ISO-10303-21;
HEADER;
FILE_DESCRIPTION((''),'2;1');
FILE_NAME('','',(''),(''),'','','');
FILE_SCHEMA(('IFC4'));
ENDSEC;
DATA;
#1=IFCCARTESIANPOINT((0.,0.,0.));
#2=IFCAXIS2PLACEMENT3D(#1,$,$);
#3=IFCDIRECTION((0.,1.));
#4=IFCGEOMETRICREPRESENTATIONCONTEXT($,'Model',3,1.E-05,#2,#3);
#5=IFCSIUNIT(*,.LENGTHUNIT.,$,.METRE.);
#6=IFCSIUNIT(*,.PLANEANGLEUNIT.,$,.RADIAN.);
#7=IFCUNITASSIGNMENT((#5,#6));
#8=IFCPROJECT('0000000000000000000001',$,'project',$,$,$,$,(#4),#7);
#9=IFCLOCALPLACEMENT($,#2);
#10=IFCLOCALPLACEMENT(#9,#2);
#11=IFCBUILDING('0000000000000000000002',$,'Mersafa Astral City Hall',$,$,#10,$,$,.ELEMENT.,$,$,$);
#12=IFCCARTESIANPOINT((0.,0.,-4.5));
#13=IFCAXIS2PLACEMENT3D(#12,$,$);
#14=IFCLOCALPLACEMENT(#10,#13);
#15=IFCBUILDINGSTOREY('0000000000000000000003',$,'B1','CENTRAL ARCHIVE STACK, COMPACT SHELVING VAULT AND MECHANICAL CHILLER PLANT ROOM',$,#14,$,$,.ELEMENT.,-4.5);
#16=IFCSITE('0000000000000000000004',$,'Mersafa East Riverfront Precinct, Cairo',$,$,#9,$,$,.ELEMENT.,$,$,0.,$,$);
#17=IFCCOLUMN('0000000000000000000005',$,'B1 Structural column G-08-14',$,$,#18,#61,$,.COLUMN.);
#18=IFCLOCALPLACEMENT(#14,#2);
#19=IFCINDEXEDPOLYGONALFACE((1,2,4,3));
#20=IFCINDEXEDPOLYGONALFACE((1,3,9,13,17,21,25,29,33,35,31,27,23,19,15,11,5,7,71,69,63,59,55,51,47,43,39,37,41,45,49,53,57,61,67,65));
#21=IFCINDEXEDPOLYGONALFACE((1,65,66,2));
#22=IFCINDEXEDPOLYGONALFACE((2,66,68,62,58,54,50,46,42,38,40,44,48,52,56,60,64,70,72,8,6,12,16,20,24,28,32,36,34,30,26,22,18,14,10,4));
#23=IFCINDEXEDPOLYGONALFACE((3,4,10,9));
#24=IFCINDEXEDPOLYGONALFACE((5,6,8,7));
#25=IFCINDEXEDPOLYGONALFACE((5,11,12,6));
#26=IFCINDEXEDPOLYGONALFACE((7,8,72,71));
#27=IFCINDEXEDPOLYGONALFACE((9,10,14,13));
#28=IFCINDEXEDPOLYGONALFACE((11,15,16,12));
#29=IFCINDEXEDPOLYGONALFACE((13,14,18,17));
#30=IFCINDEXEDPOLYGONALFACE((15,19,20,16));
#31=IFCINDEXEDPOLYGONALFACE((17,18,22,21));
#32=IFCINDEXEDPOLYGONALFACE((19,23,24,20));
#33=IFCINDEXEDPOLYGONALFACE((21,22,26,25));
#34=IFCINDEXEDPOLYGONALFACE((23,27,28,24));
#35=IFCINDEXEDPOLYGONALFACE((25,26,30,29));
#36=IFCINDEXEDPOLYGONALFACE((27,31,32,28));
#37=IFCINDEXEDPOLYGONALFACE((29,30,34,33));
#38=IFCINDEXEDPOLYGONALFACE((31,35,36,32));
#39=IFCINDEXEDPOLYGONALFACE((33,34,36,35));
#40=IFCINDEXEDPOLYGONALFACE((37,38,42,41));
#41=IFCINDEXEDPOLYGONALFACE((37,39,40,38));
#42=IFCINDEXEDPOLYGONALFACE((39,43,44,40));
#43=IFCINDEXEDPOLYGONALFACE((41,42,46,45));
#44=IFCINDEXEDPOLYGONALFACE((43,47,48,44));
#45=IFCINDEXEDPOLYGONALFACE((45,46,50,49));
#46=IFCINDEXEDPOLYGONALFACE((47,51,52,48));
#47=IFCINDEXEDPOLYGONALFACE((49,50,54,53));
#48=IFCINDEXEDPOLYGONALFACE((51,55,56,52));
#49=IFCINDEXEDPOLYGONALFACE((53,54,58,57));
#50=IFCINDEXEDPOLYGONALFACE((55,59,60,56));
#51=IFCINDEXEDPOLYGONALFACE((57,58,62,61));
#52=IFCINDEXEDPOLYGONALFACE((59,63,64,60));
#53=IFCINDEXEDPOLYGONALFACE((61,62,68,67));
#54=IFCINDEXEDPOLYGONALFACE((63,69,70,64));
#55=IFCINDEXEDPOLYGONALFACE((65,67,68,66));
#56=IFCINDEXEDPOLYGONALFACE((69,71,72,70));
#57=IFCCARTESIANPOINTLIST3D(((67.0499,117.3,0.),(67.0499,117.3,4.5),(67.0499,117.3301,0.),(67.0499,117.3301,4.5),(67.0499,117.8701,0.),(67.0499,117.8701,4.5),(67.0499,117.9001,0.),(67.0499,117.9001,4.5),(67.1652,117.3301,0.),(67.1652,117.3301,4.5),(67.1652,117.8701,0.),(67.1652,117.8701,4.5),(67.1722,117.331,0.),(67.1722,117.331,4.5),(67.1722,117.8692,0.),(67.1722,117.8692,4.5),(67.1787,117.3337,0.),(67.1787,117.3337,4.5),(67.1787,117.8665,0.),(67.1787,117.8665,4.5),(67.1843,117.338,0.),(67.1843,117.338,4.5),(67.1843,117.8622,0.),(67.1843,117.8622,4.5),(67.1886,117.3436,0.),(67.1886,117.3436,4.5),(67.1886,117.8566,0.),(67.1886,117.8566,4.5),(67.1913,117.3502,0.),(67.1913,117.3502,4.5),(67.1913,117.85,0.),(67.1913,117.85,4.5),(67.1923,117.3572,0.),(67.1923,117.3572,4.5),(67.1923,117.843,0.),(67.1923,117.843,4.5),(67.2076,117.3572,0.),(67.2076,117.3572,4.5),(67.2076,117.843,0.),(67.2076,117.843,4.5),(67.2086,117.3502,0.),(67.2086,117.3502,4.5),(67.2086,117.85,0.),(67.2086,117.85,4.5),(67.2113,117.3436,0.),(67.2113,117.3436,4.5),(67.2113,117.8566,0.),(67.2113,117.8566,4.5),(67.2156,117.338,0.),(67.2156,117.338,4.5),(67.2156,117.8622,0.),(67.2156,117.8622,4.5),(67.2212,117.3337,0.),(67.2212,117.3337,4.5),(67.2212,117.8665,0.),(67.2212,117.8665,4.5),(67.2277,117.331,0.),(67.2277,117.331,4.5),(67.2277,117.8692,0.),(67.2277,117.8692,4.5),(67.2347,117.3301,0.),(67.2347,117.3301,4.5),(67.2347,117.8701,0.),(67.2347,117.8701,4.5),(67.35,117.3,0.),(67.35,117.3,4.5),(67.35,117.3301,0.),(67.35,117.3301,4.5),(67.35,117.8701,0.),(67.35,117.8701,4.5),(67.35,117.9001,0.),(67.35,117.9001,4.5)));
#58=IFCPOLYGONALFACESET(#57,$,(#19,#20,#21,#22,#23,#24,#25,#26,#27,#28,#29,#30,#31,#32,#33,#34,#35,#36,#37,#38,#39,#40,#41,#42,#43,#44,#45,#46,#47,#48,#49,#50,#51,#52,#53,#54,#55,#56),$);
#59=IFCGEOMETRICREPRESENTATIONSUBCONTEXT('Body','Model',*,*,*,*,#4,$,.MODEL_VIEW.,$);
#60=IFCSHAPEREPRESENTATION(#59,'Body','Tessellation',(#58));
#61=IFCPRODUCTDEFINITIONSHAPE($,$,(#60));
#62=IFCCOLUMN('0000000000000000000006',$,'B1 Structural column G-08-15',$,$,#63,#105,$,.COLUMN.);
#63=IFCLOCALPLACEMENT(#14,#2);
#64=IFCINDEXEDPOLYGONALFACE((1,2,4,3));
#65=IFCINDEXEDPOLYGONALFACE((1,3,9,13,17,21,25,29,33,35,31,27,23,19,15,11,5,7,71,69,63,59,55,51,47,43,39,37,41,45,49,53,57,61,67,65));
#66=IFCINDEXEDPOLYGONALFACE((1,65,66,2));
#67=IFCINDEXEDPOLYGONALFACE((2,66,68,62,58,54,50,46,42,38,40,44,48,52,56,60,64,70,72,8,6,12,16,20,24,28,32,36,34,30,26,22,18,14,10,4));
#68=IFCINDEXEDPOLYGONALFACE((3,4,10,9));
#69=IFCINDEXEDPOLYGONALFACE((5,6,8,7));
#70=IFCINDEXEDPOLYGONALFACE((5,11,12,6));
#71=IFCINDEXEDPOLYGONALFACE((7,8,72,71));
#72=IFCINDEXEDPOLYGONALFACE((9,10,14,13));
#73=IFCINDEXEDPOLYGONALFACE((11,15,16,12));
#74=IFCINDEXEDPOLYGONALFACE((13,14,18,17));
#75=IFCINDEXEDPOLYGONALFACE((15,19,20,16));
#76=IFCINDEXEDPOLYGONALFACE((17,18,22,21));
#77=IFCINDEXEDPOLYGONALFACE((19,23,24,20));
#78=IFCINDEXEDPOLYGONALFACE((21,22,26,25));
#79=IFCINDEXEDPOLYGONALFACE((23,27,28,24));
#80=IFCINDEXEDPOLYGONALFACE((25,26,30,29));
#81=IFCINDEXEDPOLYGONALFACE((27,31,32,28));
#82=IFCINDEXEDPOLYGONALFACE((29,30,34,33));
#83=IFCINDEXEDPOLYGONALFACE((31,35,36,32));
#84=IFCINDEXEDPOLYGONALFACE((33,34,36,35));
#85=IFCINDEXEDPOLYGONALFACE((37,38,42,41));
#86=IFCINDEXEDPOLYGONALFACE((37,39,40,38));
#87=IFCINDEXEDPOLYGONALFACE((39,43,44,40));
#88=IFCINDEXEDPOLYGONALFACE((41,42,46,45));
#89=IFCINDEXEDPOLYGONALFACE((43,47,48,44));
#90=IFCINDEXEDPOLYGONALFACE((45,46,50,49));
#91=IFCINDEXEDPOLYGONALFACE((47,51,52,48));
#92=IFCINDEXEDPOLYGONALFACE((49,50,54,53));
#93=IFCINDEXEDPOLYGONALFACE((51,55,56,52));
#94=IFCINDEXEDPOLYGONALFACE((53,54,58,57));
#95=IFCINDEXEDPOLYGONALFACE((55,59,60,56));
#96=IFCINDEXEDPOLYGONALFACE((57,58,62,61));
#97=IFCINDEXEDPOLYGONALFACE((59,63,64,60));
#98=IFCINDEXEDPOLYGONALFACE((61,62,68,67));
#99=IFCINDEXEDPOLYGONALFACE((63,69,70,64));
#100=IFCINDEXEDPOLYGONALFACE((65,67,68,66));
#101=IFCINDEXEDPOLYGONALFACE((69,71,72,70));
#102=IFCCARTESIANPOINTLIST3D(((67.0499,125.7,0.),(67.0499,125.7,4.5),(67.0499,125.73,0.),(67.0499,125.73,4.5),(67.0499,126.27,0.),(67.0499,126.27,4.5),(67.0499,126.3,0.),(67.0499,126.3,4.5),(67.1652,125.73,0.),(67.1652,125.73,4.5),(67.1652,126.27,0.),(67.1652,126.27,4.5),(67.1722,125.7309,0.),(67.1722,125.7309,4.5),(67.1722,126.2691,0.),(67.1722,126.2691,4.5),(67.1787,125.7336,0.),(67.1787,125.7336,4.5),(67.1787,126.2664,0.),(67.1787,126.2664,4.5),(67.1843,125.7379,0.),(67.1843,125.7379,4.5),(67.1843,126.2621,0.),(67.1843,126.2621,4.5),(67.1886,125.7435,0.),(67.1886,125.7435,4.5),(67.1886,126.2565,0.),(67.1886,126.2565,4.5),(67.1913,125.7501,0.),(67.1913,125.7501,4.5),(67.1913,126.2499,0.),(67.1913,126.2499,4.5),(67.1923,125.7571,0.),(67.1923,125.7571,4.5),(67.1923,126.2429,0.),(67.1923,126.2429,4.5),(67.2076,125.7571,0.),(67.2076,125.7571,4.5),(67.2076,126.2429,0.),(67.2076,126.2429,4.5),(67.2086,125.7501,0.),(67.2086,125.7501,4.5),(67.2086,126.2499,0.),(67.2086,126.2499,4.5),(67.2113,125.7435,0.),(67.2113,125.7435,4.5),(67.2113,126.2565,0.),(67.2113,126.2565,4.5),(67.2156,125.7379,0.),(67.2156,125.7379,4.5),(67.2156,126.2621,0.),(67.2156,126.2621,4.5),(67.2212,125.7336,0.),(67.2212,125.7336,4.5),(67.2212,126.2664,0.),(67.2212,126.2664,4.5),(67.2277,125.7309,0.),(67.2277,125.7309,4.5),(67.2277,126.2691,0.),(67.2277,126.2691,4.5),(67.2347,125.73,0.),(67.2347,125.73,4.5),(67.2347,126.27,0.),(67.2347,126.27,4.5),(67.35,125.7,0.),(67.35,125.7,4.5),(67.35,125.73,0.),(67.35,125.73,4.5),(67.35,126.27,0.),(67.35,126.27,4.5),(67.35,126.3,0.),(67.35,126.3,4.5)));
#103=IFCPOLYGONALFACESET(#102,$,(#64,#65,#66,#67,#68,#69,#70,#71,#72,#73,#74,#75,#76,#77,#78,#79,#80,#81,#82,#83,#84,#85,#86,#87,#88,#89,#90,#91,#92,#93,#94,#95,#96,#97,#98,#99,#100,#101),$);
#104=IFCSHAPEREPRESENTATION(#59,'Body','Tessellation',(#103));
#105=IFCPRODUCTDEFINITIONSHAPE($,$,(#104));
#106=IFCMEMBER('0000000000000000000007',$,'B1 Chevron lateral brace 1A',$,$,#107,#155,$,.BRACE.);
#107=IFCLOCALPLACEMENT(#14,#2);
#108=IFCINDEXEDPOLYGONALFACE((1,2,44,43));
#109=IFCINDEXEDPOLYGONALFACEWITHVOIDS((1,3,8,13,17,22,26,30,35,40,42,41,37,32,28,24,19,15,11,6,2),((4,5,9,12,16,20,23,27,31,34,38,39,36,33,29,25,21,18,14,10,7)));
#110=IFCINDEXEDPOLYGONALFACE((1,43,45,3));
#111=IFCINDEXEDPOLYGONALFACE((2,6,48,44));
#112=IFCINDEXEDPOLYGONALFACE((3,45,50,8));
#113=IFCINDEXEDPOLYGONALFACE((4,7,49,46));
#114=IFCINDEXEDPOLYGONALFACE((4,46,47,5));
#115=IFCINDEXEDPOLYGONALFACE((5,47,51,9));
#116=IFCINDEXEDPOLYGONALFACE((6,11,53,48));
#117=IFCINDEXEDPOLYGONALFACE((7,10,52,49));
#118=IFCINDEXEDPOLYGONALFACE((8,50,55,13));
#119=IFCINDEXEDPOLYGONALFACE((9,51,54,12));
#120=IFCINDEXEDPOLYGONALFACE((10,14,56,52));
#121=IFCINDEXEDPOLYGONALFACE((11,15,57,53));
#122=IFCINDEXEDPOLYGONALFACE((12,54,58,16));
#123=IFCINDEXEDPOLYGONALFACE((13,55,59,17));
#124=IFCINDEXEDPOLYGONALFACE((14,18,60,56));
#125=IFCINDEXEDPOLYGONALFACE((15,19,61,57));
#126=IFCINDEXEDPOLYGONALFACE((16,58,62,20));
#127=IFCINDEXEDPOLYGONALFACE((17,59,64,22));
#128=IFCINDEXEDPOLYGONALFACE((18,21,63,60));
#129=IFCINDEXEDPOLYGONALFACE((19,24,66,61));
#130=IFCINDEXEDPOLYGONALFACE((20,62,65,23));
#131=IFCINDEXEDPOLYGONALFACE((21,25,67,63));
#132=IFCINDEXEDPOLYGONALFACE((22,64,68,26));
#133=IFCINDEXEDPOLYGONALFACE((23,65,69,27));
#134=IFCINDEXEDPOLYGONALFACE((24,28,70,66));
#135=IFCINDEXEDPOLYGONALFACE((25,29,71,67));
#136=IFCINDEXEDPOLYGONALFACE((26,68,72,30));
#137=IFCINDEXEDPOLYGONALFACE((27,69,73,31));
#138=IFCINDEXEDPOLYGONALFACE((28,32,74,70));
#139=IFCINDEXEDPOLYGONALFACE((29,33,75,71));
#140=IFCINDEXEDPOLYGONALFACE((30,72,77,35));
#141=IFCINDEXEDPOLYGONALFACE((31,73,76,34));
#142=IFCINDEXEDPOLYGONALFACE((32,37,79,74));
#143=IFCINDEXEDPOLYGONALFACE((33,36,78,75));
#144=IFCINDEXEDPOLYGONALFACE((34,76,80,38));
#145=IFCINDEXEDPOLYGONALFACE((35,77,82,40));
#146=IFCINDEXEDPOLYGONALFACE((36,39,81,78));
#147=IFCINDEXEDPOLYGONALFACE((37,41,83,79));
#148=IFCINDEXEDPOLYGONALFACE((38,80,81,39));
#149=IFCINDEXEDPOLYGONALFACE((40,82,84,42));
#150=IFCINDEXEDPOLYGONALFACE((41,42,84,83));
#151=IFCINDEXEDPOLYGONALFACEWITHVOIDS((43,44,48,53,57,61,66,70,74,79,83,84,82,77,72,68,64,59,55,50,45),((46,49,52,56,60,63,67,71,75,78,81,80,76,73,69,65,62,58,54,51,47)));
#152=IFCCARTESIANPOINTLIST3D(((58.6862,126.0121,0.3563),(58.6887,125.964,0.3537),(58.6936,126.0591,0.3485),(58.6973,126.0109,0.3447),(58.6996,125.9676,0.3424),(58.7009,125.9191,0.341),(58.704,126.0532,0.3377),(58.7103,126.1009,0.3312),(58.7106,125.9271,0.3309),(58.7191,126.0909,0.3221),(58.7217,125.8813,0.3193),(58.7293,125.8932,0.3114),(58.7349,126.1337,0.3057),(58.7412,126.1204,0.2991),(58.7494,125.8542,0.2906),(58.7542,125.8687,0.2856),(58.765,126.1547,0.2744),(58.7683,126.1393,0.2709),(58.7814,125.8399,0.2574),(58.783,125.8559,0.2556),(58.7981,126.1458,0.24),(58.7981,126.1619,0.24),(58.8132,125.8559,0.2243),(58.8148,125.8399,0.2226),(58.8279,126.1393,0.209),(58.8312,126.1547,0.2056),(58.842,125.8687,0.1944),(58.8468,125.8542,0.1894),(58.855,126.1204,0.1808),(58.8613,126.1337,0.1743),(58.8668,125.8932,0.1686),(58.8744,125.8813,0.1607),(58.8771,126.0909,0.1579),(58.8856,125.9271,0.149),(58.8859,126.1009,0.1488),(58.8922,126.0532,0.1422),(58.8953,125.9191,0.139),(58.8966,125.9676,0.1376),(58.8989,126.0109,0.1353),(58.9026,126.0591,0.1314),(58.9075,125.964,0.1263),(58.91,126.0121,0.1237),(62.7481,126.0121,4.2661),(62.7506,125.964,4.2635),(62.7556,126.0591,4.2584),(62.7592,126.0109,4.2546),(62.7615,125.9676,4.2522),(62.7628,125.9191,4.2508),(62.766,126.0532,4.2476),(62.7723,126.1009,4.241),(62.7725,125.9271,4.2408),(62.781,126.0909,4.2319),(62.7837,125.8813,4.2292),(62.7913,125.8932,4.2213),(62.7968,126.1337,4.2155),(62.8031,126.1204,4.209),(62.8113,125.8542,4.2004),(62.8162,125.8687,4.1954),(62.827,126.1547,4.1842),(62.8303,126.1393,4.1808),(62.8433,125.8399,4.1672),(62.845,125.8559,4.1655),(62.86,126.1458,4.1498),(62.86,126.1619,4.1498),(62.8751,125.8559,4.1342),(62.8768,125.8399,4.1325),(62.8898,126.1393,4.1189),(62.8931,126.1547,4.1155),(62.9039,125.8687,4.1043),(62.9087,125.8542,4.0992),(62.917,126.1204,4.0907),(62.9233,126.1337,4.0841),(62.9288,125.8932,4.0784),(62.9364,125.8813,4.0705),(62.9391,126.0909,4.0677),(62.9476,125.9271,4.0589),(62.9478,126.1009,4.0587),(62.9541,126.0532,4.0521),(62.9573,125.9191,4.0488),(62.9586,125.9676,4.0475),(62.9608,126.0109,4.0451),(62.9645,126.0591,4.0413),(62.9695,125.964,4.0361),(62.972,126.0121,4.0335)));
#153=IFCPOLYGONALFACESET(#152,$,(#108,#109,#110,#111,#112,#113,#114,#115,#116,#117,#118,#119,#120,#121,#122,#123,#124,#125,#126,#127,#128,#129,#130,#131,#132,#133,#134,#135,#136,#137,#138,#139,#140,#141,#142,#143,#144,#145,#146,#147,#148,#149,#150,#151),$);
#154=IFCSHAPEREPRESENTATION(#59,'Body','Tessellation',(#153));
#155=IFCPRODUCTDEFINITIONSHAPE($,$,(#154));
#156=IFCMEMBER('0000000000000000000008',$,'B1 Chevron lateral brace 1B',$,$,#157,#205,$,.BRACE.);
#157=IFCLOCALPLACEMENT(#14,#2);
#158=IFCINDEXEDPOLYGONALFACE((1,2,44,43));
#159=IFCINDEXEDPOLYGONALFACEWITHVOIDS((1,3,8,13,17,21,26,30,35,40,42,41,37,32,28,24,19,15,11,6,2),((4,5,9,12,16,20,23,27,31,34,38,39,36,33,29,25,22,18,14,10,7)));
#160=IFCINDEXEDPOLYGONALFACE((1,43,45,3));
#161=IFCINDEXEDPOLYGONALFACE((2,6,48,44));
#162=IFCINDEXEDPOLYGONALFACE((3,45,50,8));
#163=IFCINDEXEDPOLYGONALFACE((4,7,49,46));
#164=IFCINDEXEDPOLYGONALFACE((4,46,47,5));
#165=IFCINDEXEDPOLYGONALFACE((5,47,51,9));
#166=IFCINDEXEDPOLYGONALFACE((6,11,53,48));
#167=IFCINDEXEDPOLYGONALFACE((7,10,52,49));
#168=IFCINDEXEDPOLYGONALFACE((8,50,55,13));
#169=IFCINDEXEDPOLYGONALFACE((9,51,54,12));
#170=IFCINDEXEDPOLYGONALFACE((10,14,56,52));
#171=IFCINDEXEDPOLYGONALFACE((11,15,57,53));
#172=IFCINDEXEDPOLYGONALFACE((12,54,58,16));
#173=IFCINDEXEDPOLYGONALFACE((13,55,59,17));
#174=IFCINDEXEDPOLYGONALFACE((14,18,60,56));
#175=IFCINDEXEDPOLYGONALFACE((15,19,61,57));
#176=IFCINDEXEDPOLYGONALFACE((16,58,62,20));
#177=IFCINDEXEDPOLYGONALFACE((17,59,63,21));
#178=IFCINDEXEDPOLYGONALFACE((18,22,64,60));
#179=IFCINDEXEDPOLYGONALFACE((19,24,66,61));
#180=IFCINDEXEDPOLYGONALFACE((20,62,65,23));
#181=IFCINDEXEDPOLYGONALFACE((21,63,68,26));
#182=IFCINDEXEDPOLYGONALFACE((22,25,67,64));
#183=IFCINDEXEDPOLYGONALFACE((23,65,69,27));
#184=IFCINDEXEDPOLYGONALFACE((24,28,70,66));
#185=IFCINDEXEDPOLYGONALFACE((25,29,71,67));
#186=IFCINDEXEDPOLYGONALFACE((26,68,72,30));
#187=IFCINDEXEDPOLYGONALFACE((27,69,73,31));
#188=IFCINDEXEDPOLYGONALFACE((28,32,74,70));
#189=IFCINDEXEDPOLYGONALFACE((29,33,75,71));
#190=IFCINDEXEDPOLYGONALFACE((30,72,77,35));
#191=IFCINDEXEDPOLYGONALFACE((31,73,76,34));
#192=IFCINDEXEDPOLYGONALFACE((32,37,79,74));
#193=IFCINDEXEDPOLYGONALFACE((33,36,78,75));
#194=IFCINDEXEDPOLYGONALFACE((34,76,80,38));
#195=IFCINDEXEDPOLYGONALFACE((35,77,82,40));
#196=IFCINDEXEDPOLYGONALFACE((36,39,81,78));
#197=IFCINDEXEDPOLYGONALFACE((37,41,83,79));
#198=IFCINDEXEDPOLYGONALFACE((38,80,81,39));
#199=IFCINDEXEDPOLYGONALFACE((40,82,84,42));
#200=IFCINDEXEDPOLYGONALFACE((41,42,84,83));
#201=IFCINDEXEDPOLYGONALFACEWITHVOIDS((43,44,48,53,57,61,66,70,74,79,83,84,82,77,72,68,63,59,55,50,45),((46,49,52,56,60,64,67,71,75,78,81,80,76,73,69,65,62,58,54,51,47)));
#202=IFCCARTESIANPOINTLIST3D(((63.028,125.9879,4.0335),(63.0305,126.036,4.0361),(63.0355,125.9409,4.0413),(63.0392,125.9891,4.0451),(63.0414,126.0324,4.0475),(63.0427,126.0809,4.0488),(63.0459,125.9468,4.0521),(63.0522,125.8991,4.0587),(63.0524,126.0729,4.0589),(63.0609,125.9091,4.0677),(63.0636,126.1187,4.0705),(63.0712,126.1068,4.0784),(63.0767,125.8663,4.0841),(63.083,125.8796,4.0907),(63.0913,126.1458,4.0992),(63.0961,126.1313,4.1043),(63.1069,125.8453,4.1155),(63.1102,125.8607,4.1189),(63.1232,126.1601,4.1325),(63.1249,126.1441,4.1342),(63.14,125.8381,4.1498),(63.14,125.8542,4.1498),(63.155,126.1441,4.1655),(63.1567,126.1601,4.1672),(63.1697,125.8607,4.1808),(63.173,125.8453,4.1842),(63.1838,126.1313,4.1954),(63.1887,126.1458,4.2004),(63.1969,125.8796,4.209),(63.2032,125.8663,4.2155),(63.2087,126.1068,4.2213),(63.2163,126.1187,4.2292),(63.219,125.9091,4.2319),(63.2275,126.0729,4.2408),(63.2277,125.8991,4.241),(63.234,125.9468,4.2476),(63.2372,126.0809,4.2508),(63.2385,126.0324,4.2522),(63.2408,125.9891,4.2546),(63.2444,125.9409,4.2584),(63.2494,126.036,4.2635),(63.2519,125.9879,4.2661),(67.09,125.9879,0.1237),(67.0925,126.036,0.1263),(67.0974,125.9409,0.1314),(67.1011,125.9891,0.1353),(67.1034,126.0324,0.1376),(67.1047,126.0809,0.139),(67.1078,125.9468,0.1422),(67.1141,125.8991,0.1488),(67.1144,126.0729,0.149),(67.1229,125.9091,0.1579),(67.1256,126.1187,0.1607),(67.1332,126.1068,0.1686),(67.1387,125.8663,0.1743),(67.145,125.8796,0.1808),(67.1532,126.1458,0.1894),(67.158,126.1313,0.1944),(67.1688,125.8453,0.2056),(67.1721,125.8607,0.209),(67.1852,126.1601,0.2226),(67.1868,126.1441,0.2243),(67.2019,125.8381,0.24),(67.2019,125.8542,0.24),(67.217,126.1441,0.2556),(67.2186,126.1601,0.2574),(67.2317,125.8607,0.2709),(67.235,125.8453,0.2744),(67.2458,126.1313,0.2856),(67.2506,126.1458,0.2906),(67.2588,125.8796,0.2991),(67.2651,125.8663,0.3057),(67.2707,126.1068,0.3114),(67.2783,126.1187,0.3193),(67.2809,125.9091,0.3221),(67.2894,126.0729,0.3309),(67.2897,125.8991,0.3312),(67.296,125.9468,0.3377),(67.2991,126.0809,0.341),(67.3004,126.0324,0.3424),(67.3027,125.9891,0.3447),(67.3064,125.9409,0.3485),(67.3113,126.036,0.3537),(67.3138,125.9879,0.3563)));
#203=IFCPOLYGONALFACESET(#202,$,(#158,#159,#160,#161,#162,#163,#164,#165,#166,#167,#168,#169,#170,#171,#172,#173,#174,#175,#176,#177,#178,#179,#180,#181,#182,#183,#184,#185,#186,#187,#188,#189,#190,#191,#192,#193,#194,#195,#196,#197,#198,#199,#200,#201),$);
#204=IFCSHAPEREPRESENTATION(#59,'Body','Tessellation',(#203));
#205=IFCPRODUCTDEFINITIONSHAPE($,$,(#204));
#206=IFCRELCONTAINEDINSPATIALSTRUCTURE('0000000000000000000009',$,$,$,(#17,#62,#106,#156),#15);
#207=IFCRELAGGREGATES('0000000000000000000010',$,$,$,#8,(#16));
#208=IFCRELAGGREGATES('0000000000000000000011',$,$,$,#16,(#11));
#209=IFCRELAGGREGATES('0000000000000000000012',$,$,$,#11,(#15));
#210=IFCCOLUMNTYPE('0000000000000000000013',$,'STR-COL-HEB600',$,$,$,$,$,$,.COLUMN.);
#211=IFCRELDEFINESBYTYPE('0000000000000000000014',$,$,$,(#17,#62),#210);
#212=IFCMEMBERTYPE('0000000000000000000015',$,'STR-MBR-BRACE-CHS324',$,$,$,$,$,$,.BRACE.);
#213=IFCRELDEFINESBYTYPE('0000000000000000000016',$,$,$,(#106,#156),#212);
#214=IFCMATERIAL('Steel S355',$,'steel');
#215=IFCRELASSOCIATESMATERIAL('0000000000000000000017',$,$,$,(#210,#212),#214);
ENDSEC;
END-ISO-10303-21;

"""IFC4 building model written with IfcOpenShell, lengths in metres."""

from ifc_helpers import new_model, si_unit, direction, frame, origin, origin_2d, place, context, subcontext, project, spatial, hollow_circle, i_section, extrude, material, material_profile, profile_set, type_object, element, save


model = new_model("IFC4")

# Units and contexts
model_context = context("Model", 3, precision=1e-05, world=origin(), true_north=direction((0.0, 1.0)))
body_context = subcontext(model_context, "Body", "Model", "MODEL_VIEW")
ifc_project = project(units=[si_unit("LENGTHUNIT", "METRE"), si_unit("PLANEANGLEUNIT", "RADIAN")], contexts=[model_context])

# Site, building, storey
site_placement = place(None, origin())
site = spatial("IfcSite", under=ifc_project, at=site_placement, Name="Mersafa East Riverfront Precinct, Cairo", CompositionType="ELEMENT", RefElevation=0.0)
building_placement = place(site_placement, origin())
building = spatial("IfcBuilding", under=site, at=building_placement, Name="Mersafa Astral City Hall", CompositionType="ELEMENT")
storey_placement = place(building_placement, frame((0.0, 0.0, -4.5)))
storey = spatial("IfcBuildingStorey", under=building, at=storey_placement, Name="B1", Description="CENTRAL ARCHIVE STACK, COMPACT SHELVING VAULT AND MECHANICAL CHILLER PLANT ROOM", CompositionType="ELEMENT", Elevation=-4.5)

# Columns
ifc_material_1 = material(Name="Steel S355", Category="steel")
ifc_material_profile_1 = material_profile(ifc_material_1, i_section(OverallWidth=0.3, OverallDepth=0.6001, WebThickness=0.0154, FlangeThickness=0.03, FilletRadius=0.0271, at=origin_2d()), Name="HEB 600")
ifc_profile_set_1 = profile_set([ifc_material_profile_1], Name="Steel S355")
column_type = type_object("IfcColumnType", Name="STR-COL-HEB600", PredefinedType="COLUMN", material=ifc_profile_set_1)
for number, where, z_axis, x_axis, name in (
    (1, (67.2, 117.6001, 0.0), (0.0, 0.0, 1.0), (1.0, 0.0, 0.0), "B1 Structural column G-08-14"),
    (2, (67.2, 126.0, 0.0), (0.0, 0.0, 1.0), (1.0, 0.0, 0.0), "B1 Structural column G-08-15"),
):
    element("IfcColumn", number, at=place(storey_placement, frame(where, z_axis=z_axis, x_axis=x_axis)), inside=storey, type_object=column_type, Name=name, PredefinedType="COLUMN", context=body_context, shape_type="SweptSolid", body=[
        extrude(i_section(OverallWidth=0.3, OverallDepth=0.6001, WebThickness=0.0154, FlangeThickness=0.03, FilletRadius=0.0271, at=origin_2d()), origin(), (0.0, 0.0, 1.0), 4.5),
    ])

# Members
ifc_material_profile_2 = material_profile(ifc_material_1, hollow_circle(Radius=0.1619, WallThickness=0.0161, at=origin_2d()), Name="CHS 323.9x16")
ifc_profile_set_2 = profile_set([ifc_material_profile_2], Name="Steel S355")
member_type = type_object("IfcMemberType", Name="STR-MBR-BRACE-CHS324", PredefinedType="BRACE", material=ifc_profile_set_2)
for number, where, z_axis, x_axis, name in (
    (3, (58.7981, 126.0, 0.24), (0.720467, 0.0, 0.693489), (0.0, 1.0, 0.0), "B1 Chevron lateral brace 1A"),
    (4, (67.2019, 126.0, 0.24), (-0.720467, 0.0, 0.693489), (0.0, -1.0, 0.0), "B1 Chevron lateral brace 1B"),
):
    element("IfcMember", number, at=place(storey_placement, frame(where, z_axis=z_axis, x_axis=x_axis)), inside=storey, type_object=member_type, Name=name, PredefinedType="BRACE", context=body_context, shape_type="SweptSolid", body=[
        extrude(hollow_circle(Radius=0.1619, WallThickness=0.0161, at=origin_2d()), origin(), (0.0, 0.0, 1.0), 5.6379),
    ])

save(model, "model.ifc")
